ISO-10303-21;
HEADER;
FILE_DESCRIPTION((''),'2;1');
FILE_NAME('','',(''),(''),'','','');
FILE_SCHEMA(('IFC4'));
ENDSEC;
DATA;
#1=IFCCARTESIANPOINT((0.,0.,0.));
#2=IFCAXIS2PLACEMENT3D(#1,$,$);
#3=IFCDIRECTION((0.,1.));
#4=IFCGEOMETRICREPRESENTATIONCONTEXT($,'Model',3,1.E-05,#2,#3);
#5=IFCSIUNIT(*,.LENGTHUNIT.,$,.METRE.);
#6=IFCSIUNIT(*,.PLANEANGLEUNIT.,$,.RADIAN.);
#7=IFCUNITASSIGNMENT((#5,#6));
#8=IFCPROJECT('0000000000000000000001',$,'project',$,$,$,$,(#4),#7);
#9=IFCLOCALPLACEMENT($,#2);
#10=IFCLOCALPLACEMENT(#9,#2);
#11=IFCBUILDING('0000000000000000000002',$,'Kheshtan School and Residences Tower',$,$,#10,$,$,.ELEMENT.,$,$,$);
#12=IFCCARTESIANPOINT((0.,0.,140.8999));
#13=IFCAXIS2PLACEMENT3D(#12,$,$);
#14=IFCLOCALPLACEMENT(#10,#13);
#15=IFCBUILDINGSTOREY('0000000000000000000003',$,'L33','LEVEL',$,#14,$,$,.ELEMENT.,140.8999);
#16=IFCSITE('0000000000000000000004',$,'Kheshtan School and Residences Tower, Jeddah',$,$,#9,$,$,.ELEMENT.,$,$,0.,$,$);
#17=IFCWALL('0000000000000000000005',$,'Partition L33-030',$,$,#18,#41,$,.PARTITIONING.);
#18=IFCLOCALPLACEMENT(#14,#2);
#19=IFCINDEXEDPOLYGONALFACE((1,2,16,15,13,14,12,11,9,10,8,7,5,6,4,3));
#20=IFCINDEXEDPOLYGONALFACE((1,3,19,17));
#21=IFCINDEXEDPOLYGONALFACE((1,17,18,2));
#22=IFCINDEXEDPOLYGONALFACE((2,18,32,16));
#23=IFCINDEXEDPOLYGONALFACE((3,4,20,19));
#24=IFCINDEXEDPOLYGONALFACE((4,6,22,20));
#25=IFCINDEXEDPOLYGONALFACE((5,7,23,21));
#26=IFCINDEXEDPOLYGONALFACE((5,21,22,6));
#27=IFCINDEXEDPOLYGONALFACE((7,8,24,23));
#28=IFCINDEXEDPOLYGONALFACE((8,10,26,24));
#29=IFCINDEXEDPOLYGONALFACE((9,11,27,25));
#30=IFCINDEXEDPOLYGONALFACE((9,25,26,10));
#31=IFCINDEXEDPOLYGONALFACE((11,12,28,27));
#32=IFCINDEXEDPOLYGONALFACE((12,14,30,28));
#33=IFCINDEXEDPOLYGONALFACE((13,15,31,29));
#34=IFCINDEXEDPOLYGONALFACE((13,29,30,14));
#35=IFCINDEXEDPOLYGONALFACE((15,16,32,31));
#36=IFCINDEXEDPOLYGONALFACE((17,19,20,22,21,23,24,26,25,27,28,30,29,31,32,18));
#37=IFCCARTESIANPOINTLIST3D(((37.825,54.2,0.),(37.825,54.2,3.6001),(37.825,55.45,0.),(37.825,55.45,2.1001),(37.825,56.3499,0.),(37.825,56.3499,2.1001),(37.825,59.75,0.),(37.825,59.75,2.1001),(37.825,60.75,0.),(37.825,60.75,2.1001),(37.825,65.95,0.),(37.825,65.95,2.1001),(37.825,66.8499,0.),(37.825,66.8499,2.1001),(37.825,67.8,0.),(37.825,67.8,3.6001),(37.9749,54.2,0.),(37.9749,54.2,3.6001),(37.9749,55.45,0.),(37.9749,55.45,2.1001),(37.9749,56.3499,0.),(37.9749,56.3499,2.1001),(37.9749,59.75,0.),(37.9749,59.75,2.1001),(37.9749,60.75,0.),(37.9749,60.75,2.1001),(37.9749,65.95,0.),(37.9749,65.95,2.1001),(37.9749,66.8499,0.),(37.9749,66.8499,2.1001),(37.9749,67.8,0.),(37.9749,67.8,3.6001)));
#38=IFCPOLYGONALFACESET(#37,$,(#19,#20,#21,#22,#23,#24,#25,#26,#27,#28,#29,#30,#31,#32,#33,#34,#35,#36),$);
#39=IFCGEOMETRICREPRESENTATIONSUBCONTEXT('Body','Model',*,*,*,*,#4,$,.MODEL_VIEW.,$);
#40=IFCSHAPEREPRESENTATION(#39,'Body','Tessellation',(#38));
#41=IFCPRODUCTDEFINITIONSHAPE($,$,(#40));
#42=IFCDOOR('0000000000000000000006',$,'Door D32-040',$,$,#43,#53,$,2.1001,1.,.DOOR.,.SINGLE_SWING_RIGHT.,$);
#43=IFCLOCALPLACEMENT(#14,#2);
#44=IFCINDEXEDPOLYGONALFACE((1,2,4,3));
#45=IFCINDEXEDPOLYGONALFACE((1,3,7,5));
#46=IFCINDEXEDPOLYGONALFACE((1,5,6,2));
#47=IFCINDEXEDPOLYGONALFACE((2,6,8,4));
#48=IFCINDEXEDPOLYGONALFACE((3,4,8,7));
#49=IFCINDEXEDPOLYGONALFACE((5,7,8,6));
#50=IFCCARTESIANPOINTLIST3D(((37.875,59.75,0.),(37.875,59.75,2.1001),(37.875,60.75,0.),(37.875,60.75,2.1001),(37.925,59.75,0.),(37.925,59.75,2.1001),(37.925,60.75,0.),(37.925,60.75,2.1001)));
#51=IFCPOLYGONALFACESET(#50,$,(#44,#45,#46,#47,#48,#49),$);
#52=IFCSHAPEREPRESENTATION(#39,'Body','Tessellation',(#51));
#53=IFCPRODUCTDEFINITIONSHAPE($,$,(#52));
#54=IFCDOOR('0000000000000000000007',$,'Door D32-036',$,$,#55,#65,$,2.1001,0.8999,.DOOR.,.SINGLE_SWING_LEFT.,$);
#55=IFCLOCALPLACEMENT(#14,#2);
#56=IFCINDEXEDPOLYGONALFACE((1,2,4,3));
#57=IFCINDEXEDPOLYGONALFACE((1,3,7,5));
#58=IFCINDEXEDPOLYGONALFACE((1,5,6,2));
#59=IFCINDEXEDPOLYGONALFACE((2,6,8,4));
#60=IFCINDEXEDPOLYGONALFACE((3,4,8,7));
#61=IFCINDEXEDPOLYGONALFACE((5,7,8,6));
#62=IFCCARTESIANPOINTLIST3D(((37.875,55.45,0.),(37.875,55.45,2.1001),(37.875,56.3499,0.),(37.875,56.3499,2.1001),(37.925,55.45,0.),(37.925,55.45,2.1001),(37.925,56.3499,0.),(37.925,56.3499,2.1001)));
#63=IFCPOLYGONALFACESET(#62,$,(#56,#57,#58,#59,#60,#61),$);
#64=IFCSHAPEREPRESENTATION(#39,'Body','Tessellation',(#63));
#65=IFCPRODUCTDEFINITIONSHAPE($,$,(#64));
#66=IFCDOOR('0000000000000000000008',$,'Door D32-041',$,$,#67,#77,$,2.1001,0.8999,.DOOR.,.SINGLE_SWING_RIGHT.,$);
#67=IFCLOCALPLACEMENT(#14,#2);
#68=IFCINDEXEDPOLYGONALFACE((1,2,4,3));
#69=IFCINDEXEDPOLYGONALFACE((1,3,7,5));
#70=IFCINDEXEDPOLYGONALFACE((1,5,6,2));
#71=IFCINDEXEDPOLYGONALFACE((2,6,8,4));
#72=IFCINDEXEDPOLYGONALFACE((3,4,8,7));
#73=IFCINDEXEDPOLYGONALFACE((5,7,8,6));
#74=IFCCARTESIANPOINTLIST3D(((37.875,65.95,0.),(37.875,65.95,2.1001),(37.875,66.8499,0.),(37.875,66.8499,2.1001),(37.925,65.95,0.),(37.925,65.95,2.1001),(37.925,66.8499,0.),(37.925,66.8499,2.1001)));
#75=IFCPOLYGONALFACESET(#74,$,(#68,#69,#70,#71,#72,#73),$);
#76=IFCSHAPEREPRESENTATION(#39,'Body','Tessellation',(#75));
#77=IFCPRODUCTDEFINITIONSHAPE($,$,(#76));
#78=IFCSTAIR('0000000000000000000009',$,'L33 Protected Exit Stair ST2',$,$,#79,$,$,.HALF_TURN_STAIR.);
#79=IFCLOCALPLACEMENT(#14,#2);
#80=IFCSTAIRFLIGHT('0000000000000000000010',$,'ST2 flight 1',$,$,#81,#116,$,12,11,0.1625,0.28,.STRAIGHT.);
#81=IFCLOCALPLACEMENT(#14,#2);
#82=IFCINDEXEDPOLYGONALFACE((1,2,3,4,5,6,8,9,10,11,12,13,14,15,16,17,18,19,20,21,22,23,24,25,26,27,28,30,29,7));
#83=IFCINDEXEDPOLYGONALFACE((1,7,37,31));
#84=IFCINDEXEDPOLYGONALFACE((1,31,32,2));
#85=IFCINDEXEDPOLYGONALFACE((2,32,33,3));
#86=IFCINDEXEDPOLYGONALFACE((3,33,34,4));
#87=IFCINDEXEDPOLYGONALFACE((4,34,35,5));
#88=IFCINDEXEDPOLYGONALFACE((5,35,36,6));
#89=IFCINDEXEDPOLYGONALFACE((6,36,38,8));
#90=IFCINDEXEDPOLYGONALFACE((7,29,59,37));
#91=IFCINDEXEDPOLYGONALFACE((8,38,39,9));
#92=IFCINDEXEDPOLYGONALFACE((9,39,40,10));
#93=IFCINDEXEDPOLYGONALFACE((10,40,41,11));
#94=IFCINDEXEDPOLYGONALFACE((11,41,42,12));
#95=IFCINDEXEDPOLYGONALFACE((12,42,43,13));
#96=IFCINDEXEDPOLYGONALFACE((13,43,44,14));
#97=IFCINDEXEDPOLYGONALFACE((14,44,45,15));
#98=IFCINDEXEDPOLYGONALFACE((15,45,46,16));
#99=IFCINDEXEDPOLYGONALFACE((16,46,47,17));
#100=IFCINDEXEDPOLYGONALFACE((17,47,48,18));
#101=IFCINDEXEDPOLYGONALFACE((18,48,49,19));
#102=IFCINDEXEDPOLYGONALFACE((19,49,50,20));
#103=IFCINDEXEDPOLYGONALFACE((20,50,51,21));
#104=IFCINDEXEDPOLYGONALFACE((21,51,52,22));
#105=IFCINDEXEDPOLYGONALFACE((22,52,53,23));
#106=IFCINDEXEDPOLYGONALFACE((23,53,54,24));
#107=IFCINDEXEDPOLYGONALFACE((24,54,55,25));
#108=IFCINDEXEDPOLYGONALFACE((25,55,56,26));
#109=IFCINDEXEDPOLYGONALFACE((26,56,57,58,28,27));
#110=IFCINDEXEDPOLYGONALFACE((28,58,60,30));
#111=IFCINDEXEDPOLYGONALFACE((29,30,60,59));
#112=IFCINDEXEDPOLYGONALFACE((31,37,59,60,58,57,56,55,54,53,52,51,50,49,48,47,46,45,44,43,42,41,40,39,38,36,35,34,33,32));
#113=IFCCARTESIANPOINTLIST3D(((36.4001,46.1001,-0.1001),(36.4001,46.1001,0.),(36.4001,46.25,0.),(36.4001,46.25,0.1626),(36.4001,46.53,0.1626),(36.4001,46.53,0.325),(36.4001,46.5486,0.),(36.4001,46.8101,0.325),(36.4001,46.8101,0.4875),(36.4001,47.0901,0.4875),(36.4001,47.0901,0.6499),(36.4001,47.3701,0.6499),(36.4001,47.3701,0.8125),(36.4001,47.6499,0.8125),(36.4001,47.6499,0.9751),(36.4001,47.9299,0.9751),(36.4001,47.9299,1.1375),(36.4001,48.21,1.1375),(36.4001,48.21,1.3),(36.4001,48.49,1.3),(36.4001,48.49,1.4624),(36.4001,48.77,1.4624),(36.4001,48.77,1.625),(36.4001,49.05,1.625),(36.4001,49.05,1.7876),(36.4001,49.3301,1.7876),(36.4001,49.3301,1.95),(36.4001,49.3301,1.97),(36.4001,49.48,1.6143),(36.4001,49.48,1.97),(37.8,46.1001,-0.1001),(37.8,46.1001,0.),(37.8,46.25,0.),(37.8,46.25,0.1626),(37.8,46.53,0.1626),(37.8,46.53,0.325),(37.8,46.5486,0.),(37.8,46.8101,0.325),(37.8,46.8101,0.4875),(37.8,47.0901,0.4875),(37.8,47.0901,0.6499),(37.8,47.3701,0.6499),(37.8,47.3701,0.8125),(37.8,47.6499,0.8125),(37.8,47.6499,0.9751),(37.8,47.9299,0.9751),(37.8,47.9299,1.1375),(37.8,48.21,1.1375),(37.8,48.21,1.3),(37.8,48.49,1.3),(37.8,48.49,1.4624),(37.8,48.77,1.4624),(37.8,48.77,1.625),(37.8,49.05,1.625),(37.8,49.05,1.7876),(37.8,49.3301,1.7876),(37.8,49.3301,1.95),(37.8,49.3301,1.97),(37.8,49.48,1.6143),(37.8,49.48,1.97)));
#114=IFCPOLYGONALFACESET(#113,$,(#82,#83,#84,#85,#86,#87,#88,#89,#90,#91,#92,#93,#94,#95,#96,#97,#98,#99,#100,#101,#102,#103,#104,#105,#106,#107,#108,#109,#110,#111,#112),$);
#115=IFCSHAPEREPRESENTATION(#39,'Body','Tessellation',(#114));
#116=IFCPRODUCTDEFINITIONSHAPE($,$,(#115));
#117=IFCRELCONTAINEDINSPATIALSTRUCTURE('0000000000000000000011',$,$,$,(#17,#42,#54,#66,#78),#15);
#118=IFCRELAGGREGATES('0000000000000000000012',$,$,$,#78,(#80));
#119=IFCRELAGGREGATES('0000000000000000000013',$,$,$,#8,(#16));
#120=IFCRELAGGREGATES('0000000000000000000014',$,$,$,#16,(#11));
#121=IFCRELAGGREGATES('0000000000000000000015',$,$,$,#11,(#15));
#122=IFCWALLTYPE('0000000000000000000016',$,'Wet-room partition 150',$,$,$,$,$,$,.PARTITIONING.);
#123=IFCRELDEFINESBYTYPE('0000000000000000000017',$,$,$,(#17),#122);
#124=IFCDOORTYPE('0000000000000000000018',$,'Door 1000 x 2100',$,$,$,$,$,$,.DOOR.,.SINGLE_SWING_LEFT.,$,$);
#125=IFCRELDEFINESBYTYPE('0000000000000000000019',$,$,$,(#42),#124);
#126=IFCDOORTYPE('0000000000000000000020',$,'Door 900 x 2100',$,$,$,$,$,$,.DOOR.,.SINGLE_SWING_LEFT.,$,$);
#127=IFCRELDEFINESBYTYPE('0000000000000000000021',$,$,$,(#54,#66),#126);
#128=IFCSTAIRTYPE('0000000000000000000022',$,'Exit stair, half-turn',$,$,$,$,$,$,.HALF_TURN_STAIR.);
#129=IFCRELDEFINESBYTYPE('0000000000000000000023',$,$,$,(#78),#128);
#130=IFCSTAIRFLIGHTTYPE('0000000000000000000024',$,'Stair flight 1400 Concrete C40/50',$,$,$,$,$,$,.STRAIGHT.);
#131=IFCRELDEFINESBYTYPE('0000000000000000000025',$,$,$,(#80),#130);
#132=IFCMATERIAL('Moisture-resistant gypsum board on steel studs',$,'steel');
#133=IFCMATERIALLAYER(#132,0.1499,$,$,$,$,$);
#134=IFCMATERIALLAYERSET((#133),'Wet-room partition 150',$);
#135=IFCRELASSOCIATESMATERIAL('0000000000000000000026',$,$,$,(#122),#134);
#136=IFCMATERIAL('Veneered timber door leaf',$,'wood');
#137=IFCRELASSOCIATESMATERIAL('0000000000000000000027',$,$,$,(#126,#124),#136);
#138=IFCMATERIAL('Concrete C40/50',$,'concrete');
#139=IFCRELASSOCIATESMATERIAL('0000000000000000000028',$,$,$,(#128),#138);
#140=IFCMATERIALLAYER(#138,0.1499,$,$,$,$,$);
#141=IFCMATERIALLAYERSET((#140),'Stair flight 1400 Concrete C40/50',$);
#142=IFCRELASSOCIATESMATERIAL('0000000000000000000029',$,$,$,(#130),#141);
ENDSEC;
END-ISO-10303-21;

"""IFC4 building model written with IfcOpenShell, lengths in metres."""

from ifc_helpers import new_model, si_unit, direction, frame, frame_2d, origin, place, context, subcontext, project, spatial, polyline, rectangle, outline, extrude, source, transform, mapped, material, layer, layer_set, type_object, element, fill, aggregate, save


model = new_model("IFC4")

# Units and contexts
model_context = context("Model", 3, precision=1e-05, world=origin(), true_north=direction((0.0, 1.0)))
body_context = subcontext(model_context, "Body", "Model", "MODEL_VIEW")
ifc_project = project(units=[si_unit("LENGTHUNIT", "METRE"), si_unit("PLANEANGLEUNIT", "RADIAN")], contexts=[model_context])

# Site, building, storey
site_placement = place(None, origin())
site = spatial("IfcSite", under=ifc_project, at=site_placement, Name="Kheshtan School and Residences Tower, Jeddah", CompositionType="ELEMENT", RefElevation=0.0)
building_placement = place(site_placement, origin())
building = spatial("IfcBuilding", under=site, at=building_placement, Name="Kheshtan School and Residences Tower", CompositionType="ELEMENT")
storey_placement = place(building_placement, frame((0.0, 0.0, 140.8999)))
storey = spatial("IfcBuildingStorey", under=building, at=storey_placement, Name="L33", Description="LEVEL", CompositionType="ELEMENT", Elevation=140.8999)

# Wall, openings, doors
ifc_material_1 = material(Name="Moisture-resistant gypsum board on steel studs", Category="steel")
ifc_layer_1 = layer(ifc_material_1, 0.1499)
ifc_layer_set_1 = layer_set([ifc_layer_1], Name="Wet-room partition 150")
wall_type_1 = type_object("IfcWallType", Name="Wet-room partition 150", PredefinedType="PARTITIONING", material=ifc_layer_set_1)
ifc_material_2 = material(Name="Veneered timber door leaf", Category="wood")
door_type_1 = type_object("IfcDoorType", Name="Door 900 x 2100", OperationType="SINGLE_SWING_LEFT", PredefinedType="DOOR", material=ifc_material_2)
shared_shape_1 = source(origin(), body_context, "Body", "SweptSolid", [
    extrude(rectangle(XDim=0.8999, YDim=2.1001, at=frame_2d((0.45, 1.05))), frame((0.0, 0.0249, 0.0), z_axis=(0.0, -1.0, 0.0), x_axis=(1.0, 0.0, 0.0)), (0.0, 0.0, 1.0), 0.05),
])
wall_1_placement = place(storey_placement, frame((37.8999, 54.2, 0.0), z_axis=(0.0, 0.0, 1.0), x_axis=(0.0, 1.0, 0.0)))
wall_1 = element("IfcWall", 1, at=wall_1_placement, inside=storey, type_object=wall_type_1, Name="Partition L33-030", PredefinedType="PARTITIONING", context=body_context, shape_type="SweptSolid", body=[
    extrude(rectangle(XDim=13.6001, YDim=0.1499, at=frame_2d((6.8, 0.0))), origin(), (0.0, 0.0, 1.0), 3.6001),
])
opening_1_placement = place(wall_1_placement, frame((1.25, 0.0, 0.0)))
opening_1 = element("IfcOpeningElement", 2, at=opening_1_placement, cuts=wall_1, PredefinedType="OPENING", context=body_context, shape_type="SweptSolid", body=[
    extrude(rectangle(XDim=0.8999, YDim=2.1001, at=frame_2d((0.45, 1.05))), frame((0.0, 0.085, 0.0), z_axis=(0.0, -1.0, 0.0), x_axis=(1.0, 0.0, 0.0)), (0.0, 0.0, 1.0), 0.1699),
])
opening_2_placement = place(wall_1_placement, frame((5.55, 0.0, 0.0)))
opening_2 = element("IfcOpeningElement", 3, at=opening_2_placement, cuts=wall_1, PredefinedType="OPENING", context=body_context, shape_type="SweptSolid", body=[
    extrude(rectangle(XDim=1.0, YDim=2.1001, at=frame_2d((0.5, 1.05))), frame((0.0, 0.085, 0.0), z_axis=(0.0, -1.0, 0.0), x_axis=(1.0, 0.0, 0.0)), (0.0, 0.0, 1.0), 0.1699),
])
opening_3_placement = place(wall_1_placement, frame((11.75, 0.0, 0.0)))
opening_3 = element("IfcOpeningElement", 4, at=opening_3_placement, cuts=wall_1, PredefinedType="OPENING", context=body_context, shape_type="SweptSolid", body=[
    extrude(rectangle(XDim=0.8999, YDim=2.1001, at=frame_2d((0.45, 1.05))), frame((0.0, 0.085, 0.0), z_axis=(0.0, -1.0, 0.0), x_axis=(1.0, 0.0, 0.0)), (0.0, 0.0, 1.0), 0.1699),
])
door_type_2 = type_object("IfcDoorType", Name="Door 1000 x 2100", OperationType="SINGLE_SWING_LEFT", PredefinedType="DOOR", material=ifc_material_2)
shared_shape_2 = source(origin(), body_context, "Body", "SweptSolid", [
    extrude(rectangle(XDim=1.0, YDim=2.1001, at=frame_2d((0.5, 1.05))), frame((0.0, 0.0249, 0.0), z_axis=(0.0, -1.0, 0.0), x_axis=(1.0, 0.0, 0.0)), (0.0, 0.0, 1.0), 0.05),
])
door_1_placement = place(opening_2_placement, origin())
door_1 = element("IfcDoor", 5, at=door_1_placement, inside=storey, type_object=door_type_2, Name="Door D32-040", OperationType="SINGLE_SWING_RIGHT", OverallHeight=2.1001, OverallWidth=1.0, PredefinedType="DOOR", context=body_context, shape_type="MappedRepresentation", body=[
    mapped(shared_shape_2, transform((0.0, 0.0, 0.0), x_axis=(1.0, 0.0, 0.0), y_axis=(0.0, 1.0, 0.0), z_axis=(0.0, 0.0, 1.0), scale=1.0)),
])
fill(opening_2, door_1)
door_2_placement = place(opening_1_placement, origin())
door_2 = element("IfcDoor", 6, at=door_2_placement, inside=storey, type_object=door_type_1, Name="Door D32-036", OperationType="SINGLE_SWING_LEFT", OverallHeight=2.1001, OverallWidth=0.8999, PredefinedType="DOOR", context=body_context, shape_type="MappedRepresentation", body=[
    mapped(shared_shape_1, transform((0.0, 0.0, 0.0), x_axis=(1.0, 0.0, 0.0), y_axis=(0.0, 1.0, 0.0), z_axis=(0.0, 0.0, 1.0), scale=1.0)),
])
fill(opening_1, door_2)
door_3_placement = place(opening_3_placement, origin())
door_3 = element("IfcDoor", 7, at=door_3_placement, inside=storey, type_object=door_type_1, Name="Door D32-041", OperationType="SINGLE_SWING_RIGHT", OverallHeight=2.1001, OverallWidth=0.8999, PredefinedType="DOOR", context=body_context, shape_type="MappedRepresentation", body=[
    mapped(shared_shape_1, transform((0.0, 0.0, 0.0), x_axis=(1.0, 0.0, 0.0), y_axis=(0.0, 1.0, 0.0), z_axis=(0.0, 0.0, 1.0), scale=1.0)),
])
fill(opening_3, door_3)

# Stair, stair flight
ifc_material_3 = material(Name="Concrete C40/50", Category="concrete")
stair_type = type_object("IfcStairType", Name="Exit stair, half-turn", PredefinedType="HALF_TURN_STAIR", material=ifc_material_3)
stair_placement = place(storey_placement, origin())
stair = element("IfcStair", 8, at=stair_placement, inside=storey, type_object=stair_type, Name="L33 Protected Exit Stair ST2", PredefinedType="HALF_TURN_STAIR")
ifc_layer_2 = layer(ifc_material_3, 0.1499)
ifc_layer_set_2 = layer_set([ifc_layer_2], Name="Stair flight 1400 Concrete C40/50")
stair_flight_type = type_object("IfcStairFlightType", Name="Stair flight 1400 Concrete C40/50", PredefinedType="STRAIGHT", material=ifc_layer_set_2)
stair_flight_placement = place(storey_placement, frame((37.1001, 46.25, 0.0), z_axis=(0.0, 0.0, 1.0), x_axis=(0.0, 1.0, 0.0)))
stair_flight = element("IfcStairFlight", 9, at=stair_flight_placement, type_object=stair_flight_type, Name="ST2 flight 1", NumberOfRisers=12, NumberOfTreads=11, PredefinedType="STRAIGHT", RiserHeight=0.1625, TreadLength=0.28, context=body_context, shape_type="SweptSolid", body=[
    extrude(outline(polyline([(-0.1499, -0.1001), (-0.1499, 0.0), (0.0, 0.0), (0.0, 0.1626), (0.28, 0.1626), (0.28, 0.325), (0.5601, 0.325), (0.5601, 0.4875), (0.8401, 0.4875), (0.8401, 0.6499), (1.1201, 0.6499), (1.1201, 0.8125), (1.3999, 0.8125), (1.3999, 0.9751), (1.6799, 0.9751), (1.6799, 1.1375), (1.96, 1.1375), (1.96, 1.3), (2.24, 1.3), (2.24, 1.4624), (2.52, 1.4624), (2.52, 1.625), (2.8, 1.625), (2.8, 1.7876), (3.0801, 1.7876), (3.0801, 1.95), (3.0801, 1.97), (3.23, 1.97), (3.23, 1.6143), (0.2986, 0.0), (-0.1499, -0.1001)])), frame((0.0, 0.7, 0.0), z_axis=(0.0, -1.0, 0.0), x_axis=(1.0, 0.0, 0.0)), (0.0, 0.0, 1.0), 1.3999),
])
aggregate(stair, [stair_flight])

save(model, "model.ifc")
